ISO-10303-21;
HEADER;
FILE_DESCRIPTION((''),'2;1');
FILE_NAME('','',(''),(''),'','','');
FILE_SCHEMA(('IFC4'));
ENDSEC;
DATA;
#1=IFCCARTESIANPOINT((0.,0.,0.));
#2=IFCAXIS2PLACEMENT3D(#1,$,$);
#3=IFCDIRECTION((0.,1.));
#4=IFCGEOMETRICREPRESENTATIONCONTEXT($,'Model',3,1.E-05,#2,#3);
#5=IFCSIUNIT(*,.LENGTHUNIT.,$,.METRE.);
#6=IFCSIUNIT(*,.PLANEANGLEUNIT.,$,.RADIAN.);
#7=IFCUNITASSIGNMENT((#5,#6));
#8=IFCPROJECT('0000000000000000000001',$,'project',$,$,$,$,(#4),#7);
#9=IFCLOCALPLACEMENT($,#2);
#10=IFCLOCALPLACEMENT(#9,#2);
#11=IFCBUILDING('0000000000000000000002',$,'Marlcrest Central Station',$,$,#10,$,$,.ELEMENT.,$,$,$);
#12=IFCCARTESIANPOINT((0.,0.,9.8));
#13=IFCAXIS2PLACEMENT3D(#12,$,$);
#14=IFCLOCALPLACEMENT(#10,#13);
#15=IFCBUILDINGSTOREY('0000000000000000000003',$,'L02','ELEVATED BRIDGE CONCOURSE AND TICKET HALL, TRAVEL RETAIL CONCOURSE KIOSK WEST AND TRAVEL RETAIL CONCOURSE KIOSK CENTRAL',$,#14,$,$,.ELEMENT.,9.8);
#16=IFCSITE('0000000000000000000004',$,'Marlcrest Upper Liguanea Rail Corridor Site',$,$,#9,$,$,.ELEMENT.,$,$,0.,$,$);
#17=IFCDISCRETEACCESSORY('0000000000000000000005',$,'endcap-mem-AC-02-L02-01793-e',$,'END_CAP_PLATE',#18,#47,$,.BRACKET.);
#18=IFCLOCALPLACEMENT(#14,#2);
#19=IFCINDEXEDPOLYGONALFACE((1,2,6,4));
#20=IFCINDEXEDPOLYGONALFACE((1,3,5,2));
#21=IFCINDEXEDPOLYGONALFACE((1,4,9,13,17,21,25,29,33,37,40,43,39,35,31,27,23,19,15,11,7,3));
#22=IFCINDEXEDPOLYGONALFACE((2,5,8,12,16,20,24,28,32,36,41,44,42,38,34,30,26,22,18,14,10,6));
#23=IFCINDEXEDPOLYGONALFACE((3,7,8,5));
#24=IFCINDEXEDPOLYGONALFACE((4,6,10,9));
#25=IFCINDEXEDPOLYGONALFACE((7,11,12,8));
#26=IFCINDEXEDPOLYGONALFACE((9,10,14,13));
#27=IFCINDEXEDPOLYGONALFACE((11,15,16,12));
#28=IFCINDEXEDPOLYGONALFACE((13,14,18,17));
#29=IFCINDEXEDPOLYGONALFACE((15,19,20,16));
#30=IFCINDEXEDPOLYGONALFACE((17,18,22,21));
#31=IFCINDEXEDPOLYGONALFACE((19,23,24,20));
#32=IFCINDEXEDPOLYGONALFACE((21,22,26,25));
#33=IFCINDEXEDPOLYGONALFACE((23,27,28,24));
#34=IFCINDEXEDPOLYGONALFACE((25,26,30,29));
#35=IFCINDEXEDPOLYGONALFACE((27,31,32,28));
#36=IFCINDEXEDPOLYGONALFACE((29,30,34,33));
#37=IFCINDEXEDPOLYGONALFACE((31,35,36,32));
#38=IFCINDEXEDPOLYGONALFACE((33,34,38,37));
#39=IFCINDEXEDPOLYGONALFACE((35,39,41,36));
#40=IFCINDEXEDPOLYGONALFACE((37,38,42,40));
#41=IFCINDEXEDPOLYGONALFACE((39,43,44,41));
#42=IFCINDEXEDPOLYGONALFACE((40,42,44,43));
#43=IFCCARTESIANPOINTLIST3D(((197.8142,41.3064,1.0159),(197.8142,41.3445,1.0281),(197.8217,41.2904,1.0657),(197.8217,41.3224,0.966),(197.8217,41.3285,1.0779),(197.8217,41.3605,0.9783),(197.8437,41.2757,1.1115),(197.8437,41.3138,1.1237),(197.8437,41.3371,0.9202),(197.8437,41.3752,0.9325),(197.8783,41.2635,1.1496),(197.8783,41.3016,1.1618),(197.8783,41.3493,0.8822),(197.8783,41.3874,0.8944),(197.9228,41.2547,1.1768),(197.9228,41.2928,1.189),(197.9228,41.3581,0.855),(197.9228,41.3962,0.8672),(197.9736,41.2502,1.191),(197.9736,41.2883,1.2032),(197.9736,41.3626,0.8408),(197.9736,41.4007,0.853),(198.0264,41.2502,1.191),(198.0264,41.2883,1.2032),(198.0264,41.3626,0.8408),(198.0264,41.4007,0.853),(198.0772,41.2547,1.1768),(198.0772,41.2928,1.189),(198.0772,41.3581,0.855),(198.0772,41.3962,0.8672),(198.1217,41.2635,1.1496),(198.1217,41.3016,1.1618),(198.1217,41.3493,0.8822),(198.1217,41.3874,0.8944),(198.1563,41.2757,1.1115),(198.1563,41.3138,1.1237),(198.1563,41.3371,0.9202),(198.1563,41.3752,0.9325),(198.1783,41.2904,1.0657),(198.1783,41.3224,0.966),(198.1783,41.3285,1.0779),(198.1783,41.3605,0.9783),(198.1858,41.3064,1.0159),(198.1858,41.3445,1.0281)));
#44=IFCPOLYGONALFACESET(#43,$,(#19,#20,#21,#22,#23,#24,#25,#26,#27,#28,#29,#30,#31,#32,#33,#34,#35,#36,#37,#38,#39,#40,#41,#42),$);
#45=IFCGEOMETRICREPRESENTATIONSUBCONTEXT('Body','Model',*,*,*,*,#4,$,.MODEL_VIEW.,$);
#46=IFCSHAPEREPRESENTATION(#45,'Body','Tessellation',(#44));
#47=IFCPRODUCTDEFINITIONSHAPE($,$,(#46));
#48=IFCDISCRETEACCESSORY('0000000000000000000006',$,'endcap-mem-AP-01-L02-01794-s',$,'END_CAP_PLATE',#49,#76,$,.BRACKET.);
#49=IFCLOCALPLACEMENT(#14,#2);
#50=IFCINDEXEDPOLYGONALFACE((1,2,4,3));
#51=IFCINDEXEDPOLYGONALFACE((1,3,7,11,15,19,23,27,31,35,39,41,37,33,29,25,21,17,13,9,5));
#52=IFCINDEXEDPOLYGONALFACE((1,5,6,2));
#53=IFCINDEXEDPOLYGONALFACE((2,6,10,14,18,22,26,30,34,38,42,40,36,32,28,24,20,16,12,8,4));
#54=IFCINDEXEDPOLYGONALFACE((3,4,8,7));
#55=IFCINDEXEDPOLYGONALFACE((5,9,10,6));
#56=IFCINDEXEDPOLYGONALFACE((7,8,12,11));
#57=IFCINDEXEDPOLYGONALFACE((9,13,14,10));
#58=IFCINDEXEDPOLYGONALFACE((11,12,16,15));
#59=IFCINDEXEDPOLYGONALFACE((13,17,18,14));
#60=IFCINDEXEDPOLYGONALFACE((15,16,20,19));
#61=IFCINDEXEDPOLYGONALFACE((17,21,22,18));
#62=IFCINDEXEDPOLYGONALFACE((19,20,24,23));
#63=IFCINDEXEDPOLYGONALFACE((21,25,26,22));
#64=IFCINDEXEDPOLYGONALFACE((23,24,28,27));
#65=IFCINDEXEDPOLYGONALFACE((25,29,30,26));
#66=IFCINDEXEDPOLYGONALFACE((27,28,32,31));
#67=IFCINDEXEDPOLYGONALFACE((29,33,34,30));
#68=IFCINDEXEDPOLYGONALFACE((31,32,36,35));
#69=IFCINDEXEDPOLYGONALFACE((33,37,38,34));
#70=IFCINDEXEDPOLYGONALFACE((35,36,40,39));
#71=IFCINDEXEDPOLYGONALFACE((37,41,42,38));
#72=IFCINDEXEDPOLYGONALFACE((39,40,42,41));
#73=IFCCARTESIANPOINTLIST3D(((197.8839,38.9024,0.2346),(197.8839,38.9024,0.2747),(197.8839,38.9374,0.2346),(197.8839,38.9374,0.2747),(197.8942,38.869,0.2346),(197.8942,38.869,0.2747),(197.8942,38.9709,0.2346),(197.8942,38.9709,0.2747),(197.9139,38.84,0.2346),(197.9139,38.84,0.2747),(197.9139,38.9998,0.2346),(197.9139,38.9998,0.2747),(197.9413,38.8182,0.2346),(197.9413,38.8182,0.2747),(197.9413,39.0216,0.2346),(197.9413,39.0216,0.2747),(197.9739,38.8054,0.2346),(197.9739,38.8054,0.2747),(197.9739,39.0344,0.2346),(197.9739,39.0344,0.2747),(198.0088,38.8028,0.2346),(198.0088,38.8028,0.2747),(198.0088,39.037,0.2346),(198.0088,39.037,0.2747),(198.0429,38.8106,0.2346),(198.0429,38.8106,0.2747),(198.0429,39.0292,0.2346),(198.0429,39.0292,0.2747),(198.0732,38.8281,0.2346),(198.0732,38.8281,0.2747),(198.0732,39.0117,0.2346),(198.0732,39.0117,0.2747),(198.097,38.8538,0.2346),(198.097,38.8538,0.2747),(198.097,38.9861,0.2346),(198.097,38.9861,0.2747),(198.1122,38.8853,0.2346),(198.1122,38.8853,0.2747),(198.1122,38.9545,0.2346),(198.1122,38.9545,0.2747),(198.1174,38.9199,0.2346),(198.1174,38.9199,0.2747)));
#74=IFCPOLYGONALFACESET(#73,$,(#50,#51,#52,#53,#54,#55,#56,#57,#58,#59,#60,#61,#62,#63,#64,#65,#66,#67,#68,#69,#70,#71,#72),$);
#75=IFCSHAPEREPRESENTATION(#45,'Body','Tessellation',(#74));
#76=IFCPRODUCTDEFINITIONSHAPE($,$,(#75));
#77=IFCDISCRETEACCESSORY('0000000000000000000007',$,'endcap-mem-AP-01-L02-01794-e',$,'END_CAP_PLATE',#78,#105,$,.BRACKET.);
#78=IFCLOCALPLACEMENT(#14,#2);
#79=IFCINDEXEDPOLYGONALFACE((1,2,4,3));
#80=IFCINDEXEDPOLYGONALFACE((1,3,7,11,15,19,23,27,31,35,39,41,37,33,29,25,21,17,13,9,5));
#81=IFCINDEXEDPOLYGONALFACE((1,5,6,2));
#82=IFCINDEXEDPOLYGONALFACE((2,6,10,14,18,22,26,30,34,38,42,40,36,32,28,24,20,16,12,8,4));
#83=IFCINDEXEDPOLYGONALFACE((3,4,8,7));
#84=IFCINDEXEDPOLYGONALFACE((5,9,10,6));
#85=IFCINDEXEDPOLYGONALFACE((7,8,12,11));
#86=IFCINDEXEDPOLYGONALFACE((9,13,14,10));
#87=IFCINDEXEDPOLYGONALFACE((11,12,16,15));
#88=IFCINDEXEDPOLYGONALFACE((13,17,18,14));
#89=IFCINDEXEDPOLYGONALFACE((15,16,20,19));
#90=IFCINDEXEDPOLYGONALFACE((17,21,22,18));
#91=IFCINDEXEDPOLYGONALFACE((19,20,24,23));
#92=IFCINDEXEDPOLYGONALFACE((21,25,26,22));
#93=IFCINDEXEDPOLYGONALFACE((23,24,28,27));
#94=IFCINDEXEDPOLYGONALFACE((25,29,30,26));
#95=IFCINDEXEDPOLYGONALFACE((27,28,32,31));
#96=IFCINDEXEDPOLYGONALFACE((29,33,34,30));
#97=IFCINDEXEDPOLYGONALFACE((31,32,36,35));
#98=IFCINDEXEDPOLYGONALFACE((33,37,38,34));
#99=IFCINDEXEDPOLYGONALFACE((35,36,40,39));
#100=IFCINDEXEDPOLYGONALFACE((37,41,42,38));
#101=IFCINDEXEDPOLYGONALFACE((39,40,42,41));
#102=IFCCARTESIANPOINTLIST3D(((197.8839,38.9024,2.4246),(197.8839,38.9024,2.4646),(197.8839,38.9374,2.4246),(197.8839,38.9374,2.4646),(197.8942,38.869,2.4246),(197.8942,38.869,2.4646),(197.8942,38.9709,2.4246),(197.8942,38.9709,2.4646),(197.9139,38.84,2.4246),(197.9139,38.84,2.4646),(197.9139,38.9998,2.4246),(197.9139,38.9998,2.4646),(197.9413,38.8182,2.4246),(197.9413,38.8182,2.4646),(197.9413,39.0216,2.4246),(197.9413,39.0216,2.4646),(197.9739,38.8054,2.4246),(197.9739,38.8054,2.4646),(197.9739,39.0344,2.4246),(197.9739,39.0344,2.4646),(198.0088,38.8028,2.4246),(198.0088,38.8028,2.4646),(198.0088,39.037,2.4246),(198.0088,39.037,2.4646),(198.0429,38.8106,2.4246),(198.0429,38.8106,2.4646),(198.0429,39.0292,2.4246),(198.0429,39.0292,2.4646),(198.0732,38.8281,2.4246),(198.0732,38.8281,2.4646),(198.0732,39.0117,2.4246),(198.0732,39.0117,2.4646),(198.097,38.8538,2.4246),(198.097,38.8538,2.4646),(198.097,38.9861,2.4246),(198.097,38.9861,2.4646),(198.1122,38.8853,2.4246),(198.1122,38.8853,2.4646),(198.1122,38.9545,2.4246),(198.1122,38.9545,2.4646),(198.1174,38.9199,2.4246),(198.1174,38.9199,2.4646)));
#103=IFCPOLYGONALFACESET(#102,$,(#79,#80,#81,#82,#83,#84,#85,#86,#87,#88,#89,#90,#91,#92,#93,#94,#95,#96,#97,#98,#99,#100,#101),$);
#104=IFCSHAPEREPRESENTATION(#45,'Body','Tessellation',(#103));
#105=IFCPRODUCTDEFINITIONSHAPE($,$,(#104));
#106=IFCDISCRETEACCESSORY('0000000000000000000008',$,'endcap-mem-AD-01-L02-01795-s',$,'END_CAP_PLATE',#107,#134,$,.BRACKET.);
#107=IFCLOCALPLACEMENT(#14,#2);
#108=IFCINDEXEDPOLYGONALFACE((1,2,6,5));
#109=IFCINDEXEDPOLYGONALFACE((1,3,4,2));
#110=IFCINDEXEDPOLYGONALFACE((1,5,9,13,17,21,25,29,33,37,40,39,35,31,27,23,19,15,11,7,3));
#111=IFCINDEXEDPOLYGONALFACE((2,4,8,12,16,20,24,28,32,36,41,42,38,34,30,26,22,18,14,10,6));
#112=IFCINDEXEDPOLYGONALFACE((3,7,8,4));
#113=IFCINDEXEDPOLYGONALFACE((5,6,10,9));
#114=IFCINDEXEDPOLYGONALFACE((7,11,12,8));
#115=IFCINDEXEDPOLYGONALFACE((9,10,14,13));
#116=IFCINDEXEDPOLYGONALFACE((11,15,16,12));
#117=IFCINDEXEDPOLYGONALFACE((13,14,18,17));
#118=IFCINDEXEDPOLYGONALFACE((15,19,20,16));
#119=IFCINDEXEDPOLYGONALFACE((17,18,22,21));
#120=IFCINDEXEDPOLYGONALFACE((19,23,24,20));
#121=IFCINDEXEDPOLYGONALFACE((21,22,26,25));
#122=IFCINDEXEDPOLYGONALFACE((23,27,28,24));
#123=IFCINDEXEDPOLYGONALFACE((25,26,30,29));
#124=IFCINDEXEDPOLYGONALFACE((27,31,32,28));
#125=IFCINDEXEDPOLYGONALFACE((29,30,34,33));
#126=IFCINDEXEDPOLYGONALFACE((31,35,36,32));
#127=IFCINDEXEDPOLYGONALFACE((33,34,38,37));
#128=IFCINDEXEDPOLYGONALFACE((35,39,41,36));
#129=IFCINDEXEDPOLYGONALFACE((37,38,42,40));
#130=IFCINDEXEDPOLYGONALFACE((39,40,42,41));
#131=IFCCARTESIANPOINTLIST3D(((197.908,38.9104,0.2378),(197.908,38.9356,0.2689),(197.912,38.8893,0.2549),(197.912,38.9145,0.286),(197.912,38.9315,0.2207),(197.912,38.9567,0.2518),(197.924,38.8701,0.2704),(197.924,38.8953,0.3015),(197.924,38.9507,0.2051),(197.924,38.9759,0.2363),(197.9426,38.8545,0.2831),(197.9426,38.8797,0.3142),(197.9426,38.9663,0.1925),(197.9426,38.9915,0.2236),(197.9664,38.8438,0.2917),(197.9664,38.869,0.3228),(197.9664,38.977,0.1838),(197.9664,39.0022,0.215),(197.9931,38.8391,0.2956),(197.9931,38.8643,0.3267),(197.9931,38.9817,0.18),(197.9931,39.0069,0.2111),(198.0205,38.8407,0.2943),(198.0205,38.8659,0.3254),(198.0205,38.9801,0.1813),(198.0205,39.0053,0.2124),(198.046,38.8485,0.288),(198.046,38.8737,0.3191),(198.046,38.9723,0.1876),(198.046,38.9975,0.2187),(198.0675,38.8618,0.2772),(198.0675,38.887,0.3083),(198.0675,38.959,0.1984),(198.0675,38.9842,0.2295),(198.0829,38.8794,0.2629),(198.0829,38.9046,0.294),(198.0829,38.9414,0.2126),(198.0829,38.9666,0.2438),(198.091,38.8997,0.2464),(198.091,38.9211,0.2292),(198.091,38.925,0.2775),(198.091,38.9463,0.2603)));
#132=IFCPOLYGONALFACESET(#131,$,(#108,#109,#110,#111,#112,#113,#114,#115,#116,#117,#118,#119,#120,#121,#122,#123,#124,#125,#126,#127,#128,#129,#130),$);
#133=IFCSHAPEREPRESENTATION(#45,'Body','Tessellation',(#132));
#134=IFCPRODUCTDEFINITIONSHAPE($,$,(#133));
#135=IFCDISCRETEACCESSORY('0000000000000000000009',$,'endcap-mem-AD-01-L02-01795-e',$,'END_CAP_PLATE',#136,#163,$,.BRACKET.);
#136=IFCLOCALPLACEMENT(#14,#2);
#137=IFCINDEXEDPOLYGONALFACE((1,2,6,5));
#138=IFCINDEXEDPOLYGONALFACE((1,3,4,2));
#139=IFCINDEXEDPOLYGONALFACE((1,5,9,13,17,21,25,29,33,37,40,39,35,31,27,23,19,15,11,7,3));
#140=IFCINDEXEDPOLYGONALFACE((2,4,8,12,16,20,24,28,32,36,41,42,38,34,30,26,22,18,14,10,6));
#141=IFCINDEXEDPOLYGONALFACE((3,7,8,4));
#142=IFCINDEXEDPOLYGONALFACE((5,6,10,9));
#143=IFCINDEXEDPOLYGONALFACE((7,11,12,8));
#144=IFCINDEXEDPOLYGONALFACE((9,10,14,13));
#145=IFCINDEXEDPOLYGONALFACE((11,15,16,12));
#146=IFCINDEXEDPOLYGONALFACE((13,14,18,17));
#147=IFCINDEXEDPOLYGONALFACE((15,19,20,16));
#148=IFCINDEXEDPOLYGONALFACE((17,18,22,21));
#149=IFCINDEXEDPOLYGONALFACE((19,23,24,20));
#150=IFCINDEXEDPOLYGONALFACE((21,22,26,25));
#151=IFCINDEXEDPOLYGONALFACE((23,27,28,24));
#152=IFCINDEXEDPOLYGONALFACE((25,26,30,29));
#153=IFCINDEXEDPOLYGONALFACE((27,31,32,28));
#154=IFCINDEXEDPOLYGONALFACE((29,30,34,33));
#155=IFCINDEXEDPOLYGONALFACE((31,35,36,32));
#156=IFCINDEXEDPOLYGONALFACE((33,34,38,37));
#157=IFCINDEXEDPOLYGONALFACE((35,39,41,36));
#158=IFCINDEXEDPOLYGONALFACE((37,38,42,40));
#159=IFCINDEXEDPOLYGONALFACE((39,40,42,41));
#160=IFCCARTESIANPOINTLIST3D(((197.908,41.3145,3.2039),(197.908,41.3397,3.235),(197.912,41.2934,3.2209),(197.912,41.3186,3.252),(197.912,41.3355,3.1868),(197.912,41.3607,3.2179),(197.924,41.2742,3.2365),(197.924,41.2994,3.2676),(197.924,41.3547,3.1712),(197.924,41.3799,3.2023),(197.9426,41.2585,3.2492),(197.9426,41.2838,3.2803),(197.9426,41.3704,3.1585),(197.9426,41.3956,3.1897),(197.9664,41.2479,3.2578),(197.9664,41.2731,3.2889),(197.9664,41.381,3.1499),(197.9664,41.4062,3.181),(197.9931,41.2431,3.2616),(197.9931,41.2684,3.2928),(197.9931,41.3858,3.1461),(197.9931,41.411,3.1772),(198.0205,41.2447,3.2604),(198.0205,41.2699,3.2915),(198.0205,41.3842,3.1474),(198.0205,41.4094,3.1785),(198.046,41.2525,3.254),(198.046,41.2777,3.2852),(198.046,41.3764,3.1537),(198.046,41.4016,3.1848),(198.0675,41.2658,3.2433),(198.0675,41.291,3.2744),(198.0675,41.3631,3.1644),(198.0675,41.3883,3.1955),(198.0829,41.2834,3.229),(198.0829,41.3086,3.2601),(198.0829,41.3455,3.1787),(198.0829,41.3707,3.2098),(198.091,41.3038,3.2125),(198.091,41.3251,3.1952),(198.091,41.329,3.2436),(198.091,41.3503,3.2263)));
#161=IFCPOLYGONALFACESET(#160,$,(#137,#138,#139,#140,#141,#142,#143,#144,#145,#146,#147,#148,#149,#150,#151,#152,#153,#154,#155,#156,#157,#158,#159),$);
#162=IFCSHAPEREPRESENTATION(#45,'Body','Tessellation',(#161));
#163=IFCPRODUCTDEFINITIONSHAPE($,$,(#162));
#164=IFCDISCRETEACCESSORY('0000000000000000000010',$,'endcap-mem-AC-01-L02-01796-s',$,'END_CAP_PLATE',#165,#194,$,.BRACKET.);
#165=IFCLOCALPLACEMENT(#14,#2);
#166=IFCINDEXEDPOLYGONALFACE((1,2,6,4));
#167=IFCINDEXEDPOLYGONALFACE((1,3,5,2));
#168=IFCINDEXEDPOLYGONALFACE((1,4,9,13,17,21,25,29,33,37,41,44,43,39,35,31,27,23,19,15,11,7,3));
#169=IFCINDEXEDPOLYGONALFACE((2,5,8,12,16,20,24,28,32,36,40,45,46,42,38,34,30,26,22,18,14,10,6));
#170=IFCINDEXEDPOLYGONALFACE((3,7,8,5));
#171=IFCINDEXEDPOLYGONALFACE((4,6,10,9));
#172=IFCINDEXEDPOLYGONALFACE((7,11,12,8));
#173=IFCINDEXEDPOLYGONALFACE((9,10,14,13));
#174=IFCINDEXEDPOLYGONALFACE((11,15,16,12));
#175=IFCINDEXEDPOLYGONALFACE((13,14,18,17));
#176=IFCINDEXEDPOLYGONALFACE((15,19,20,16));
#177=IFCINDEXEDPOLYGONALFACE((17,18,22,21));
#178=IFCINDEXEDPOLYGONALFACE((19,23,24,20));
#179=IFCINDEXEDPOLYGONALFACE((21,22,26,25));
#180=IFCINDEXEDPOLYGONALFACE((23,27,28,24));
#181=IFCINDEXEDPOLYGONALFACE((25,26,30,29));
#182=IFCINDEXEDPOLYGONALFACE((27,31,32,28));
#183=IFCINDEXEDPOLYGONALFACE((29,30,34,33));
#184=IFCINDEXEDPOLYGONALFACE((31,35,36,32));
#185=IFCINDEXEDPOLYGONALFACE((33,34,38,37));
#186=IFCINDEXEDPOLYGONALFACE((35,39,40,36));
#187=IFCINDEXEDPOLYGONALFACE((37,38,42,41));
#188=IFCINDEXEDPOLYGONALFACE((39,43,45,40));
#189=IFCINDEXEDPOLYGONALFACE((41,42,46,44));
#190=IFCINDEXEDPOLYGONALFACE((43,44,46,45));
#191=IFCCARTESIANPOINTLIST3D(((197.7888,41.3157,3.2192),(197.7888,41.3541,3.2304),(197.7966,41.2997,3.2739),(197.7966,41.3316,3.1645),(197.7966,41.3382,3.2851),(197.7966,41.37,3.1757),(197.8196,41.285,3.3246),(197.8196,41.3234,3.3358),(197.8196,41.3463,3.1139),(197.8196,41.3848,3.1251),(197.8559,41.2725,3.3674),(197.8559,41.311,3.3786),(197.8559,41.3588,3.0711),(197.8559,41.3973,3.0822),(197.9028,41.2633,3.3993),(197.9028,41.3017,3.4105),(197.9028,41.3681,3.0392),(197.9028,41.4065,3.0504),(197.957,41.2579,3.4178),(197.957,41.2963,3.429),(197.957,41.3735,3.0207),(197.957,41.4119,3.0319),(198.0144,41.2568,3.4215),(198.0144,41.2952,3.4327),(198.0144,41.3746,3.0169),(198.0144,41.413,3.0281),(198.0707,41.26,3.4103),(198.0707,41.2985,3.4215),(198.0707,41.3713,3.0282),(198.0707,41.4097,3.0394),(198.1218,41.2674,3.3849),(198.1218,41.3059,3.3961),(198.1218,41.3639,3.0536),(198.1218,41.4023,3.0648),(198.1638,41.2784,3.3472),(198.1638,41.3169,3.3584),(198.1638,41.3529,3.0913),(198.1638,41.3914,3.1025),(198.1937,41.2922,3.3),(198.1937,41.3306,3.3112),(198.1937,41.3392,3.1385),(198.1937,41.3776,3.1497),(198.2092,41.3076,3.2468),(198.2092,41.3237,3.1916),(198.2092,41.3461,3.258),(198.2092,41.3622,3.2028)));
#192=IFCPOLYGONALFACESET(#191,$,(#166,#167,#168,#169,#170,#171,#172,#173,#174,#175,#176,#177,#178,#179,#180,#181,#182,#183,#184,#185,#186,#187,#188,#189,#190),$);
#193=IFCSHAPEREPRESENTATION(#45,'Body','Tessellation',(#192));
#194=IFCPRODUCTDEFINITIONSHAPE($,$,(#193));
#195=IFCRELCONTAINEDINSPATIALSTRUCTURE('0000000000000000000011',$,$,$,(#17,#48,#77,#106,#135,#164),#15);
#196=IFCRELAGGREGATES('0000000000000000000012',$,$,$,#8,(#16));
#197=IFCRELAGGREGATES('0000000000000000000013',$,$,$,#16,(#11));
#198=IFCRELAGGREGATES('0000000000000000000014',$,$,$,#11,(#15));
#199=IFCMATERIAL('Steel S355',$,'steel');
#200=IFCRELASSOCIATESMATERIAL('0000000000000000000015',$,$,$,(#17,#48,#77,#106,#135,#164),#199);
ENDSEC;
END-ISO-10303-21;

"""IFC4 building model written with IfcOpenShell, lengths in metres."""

from ifc_helpers import new_model, si_unit, direction, frame, origin, origin_2d, place, context, subcontext, project, spatial, circle, extrude, material, element, save


model = new_model("IFC4")

# Units and contexts
model_context = context("Model", 3, precision=1e-05, world=origin(), true_north=direction((0.0, 1.0)))
body_context = subcontext(model_context, "Body", "Model", "MODEL_VIEW")
ifc_project = project(units=[si_unit("LENGTHUNIT", "METRE"), si_unit("PLANEANGLEUNIT", "RADIAN")], contexts=[model_context])

# Site, building, storey
site_placement = place(None, origin())
site = spatial("IfcSite", under=ifc_project, at=site_placement, Name="Marlcrest Upper Liguanea Rail Corridor Site", CompositionType="ELEMENT", RefElevation=0.0)
building_placement = place(site_placement, origin())
building = spatial("IfcBuilding", under=site, at=building_placement, Name="Marlcrest Central Station", CompositionType="ELEMENT")
storey_placement = place(building_placement, frame((0.0, 0.0, 9.8)))
storey = spatial("IfcBuildingStorey", under=building, at=storey_placement, Name="L02", Description="ELEVATED BRIDGE CONCOURSE AND TICKET HALL, TRAVEL RETAIL CONCOURSE KIOSK WEST AND TRAVEL RETAIL CONCOURSE KIOSK CENTRAL", CompositionType="ELEMENT", Elevation=9.8)

# Shared definitions
ifc_material_1 = material(Name="Steel S355", Category="steel")

# Discrete accessories
for number, where, z_axis, x_axis, name in (
    (1, (198.0, 41.3064, 1.0159), (0.0, 0.952117, 0.305734), (-1.0, 0.0, 0.0), "endcap-mem-AC-02-L02-01793-e"),
):
    element("IfcDiscreteAccessory", number, at=place(storey_placement, frame(where, z_axis=z_axis, x_axis=x_axis)), inside=storey, material=ifc_material_1, Name=name, ObjectType="END_CAP_PLATE", PredefinedType="BRACKET", context=body_context, shape_type="SweptSolid", body=[
        extrude(circle(Radius=0.1858, at=origin_2d()), origin(), (0.0, 0.0, 1.0), 0.04),
    ])
for number, where, z_axis, x_axis, name in (
    (2, (198.0, 38.9199, 0.2346), (0.0, 0.0, 1.0), (1.0, 0.0, 0.0), "endcap-mem-AP-01-L02-01794-s"),
    (3, (198.0, 38.9199, 2.4246), (0.0, 0.0, 1.0), (1.0, 0.0, 0.0), "endcap-mem-AP-01-L02-01794-e"),
):
    element("IfcDiscreteAccessory", number, at=place(storey_placement, frame(where, z_axis=z_axis, x_axis=x_axis)), inside=storey, material=ifc_material_1, Name=name, ObjectType="END_CAP_PLATE", PredefinedType="BRACKET", context=body_context, shape_type="SweptSolid", body=[
        extrude(circle(Radius=0.1174, at=origin_2d()), origin(), (0.0, 0.0, 1.0), 0.04),
    ])
for number, where, z_axis, x_axis, name in (
    (4, (198.0, 38.9104, 0.2378), (0.0, 0.629629, 0.776896), (-1.0, 0.0, 0.0), "endcap-mem-AD-01-L02-01795-s"),
    (5, (198.0, 41.3145, 3.2039), (0.0, 0.629629, 0.776896), (-1.0, 0.0, 0.0), "endcap-mem-AD-01-L02-01795-e"),
):
    element("IfcDiscreteAccessory", number, at=place(storey_placement, frame(where, z_axis=z_axis, x_axis=x_axis)), inside=storey, material=ifc_material_1, Name=name, ObjectType="END_CAP_PLATE", PredefinedType="BRACKET", context=body_context, shape_type="SweptSolid", body=[
        extrude(circle(Radius=0.092, at=origin_2d()), origin(), (0.0, 0.0, 1.0), 0.04),
    ])
for number, where, z_axis, x_axis, name in (
    (6, (198.0, 41.3157, 3.2192), (0.0, 0.96013, 0.279554), (-1.0, 0.0, 0.0), "endcap-mem-AC-01-L02-01796-s"),
):
    element("IfcDiscreteAccessory", number, at=place(storey_placement, frame(where, z_axis=z_axis, x_axis=x_axis)), inside=storey, material=ifc_material_1, Name=name, ObjectType="END_CAP_PLATE", PredefinedType="BRACKET", context=body_context, shape_type="SweptSolid", body=[
        extrude(circle(Radius=0.2112, at=origin_2d()), origin(), (0.0, 0.0, 1.0), 0.04),
    ])

save(model, "model.ifc")
